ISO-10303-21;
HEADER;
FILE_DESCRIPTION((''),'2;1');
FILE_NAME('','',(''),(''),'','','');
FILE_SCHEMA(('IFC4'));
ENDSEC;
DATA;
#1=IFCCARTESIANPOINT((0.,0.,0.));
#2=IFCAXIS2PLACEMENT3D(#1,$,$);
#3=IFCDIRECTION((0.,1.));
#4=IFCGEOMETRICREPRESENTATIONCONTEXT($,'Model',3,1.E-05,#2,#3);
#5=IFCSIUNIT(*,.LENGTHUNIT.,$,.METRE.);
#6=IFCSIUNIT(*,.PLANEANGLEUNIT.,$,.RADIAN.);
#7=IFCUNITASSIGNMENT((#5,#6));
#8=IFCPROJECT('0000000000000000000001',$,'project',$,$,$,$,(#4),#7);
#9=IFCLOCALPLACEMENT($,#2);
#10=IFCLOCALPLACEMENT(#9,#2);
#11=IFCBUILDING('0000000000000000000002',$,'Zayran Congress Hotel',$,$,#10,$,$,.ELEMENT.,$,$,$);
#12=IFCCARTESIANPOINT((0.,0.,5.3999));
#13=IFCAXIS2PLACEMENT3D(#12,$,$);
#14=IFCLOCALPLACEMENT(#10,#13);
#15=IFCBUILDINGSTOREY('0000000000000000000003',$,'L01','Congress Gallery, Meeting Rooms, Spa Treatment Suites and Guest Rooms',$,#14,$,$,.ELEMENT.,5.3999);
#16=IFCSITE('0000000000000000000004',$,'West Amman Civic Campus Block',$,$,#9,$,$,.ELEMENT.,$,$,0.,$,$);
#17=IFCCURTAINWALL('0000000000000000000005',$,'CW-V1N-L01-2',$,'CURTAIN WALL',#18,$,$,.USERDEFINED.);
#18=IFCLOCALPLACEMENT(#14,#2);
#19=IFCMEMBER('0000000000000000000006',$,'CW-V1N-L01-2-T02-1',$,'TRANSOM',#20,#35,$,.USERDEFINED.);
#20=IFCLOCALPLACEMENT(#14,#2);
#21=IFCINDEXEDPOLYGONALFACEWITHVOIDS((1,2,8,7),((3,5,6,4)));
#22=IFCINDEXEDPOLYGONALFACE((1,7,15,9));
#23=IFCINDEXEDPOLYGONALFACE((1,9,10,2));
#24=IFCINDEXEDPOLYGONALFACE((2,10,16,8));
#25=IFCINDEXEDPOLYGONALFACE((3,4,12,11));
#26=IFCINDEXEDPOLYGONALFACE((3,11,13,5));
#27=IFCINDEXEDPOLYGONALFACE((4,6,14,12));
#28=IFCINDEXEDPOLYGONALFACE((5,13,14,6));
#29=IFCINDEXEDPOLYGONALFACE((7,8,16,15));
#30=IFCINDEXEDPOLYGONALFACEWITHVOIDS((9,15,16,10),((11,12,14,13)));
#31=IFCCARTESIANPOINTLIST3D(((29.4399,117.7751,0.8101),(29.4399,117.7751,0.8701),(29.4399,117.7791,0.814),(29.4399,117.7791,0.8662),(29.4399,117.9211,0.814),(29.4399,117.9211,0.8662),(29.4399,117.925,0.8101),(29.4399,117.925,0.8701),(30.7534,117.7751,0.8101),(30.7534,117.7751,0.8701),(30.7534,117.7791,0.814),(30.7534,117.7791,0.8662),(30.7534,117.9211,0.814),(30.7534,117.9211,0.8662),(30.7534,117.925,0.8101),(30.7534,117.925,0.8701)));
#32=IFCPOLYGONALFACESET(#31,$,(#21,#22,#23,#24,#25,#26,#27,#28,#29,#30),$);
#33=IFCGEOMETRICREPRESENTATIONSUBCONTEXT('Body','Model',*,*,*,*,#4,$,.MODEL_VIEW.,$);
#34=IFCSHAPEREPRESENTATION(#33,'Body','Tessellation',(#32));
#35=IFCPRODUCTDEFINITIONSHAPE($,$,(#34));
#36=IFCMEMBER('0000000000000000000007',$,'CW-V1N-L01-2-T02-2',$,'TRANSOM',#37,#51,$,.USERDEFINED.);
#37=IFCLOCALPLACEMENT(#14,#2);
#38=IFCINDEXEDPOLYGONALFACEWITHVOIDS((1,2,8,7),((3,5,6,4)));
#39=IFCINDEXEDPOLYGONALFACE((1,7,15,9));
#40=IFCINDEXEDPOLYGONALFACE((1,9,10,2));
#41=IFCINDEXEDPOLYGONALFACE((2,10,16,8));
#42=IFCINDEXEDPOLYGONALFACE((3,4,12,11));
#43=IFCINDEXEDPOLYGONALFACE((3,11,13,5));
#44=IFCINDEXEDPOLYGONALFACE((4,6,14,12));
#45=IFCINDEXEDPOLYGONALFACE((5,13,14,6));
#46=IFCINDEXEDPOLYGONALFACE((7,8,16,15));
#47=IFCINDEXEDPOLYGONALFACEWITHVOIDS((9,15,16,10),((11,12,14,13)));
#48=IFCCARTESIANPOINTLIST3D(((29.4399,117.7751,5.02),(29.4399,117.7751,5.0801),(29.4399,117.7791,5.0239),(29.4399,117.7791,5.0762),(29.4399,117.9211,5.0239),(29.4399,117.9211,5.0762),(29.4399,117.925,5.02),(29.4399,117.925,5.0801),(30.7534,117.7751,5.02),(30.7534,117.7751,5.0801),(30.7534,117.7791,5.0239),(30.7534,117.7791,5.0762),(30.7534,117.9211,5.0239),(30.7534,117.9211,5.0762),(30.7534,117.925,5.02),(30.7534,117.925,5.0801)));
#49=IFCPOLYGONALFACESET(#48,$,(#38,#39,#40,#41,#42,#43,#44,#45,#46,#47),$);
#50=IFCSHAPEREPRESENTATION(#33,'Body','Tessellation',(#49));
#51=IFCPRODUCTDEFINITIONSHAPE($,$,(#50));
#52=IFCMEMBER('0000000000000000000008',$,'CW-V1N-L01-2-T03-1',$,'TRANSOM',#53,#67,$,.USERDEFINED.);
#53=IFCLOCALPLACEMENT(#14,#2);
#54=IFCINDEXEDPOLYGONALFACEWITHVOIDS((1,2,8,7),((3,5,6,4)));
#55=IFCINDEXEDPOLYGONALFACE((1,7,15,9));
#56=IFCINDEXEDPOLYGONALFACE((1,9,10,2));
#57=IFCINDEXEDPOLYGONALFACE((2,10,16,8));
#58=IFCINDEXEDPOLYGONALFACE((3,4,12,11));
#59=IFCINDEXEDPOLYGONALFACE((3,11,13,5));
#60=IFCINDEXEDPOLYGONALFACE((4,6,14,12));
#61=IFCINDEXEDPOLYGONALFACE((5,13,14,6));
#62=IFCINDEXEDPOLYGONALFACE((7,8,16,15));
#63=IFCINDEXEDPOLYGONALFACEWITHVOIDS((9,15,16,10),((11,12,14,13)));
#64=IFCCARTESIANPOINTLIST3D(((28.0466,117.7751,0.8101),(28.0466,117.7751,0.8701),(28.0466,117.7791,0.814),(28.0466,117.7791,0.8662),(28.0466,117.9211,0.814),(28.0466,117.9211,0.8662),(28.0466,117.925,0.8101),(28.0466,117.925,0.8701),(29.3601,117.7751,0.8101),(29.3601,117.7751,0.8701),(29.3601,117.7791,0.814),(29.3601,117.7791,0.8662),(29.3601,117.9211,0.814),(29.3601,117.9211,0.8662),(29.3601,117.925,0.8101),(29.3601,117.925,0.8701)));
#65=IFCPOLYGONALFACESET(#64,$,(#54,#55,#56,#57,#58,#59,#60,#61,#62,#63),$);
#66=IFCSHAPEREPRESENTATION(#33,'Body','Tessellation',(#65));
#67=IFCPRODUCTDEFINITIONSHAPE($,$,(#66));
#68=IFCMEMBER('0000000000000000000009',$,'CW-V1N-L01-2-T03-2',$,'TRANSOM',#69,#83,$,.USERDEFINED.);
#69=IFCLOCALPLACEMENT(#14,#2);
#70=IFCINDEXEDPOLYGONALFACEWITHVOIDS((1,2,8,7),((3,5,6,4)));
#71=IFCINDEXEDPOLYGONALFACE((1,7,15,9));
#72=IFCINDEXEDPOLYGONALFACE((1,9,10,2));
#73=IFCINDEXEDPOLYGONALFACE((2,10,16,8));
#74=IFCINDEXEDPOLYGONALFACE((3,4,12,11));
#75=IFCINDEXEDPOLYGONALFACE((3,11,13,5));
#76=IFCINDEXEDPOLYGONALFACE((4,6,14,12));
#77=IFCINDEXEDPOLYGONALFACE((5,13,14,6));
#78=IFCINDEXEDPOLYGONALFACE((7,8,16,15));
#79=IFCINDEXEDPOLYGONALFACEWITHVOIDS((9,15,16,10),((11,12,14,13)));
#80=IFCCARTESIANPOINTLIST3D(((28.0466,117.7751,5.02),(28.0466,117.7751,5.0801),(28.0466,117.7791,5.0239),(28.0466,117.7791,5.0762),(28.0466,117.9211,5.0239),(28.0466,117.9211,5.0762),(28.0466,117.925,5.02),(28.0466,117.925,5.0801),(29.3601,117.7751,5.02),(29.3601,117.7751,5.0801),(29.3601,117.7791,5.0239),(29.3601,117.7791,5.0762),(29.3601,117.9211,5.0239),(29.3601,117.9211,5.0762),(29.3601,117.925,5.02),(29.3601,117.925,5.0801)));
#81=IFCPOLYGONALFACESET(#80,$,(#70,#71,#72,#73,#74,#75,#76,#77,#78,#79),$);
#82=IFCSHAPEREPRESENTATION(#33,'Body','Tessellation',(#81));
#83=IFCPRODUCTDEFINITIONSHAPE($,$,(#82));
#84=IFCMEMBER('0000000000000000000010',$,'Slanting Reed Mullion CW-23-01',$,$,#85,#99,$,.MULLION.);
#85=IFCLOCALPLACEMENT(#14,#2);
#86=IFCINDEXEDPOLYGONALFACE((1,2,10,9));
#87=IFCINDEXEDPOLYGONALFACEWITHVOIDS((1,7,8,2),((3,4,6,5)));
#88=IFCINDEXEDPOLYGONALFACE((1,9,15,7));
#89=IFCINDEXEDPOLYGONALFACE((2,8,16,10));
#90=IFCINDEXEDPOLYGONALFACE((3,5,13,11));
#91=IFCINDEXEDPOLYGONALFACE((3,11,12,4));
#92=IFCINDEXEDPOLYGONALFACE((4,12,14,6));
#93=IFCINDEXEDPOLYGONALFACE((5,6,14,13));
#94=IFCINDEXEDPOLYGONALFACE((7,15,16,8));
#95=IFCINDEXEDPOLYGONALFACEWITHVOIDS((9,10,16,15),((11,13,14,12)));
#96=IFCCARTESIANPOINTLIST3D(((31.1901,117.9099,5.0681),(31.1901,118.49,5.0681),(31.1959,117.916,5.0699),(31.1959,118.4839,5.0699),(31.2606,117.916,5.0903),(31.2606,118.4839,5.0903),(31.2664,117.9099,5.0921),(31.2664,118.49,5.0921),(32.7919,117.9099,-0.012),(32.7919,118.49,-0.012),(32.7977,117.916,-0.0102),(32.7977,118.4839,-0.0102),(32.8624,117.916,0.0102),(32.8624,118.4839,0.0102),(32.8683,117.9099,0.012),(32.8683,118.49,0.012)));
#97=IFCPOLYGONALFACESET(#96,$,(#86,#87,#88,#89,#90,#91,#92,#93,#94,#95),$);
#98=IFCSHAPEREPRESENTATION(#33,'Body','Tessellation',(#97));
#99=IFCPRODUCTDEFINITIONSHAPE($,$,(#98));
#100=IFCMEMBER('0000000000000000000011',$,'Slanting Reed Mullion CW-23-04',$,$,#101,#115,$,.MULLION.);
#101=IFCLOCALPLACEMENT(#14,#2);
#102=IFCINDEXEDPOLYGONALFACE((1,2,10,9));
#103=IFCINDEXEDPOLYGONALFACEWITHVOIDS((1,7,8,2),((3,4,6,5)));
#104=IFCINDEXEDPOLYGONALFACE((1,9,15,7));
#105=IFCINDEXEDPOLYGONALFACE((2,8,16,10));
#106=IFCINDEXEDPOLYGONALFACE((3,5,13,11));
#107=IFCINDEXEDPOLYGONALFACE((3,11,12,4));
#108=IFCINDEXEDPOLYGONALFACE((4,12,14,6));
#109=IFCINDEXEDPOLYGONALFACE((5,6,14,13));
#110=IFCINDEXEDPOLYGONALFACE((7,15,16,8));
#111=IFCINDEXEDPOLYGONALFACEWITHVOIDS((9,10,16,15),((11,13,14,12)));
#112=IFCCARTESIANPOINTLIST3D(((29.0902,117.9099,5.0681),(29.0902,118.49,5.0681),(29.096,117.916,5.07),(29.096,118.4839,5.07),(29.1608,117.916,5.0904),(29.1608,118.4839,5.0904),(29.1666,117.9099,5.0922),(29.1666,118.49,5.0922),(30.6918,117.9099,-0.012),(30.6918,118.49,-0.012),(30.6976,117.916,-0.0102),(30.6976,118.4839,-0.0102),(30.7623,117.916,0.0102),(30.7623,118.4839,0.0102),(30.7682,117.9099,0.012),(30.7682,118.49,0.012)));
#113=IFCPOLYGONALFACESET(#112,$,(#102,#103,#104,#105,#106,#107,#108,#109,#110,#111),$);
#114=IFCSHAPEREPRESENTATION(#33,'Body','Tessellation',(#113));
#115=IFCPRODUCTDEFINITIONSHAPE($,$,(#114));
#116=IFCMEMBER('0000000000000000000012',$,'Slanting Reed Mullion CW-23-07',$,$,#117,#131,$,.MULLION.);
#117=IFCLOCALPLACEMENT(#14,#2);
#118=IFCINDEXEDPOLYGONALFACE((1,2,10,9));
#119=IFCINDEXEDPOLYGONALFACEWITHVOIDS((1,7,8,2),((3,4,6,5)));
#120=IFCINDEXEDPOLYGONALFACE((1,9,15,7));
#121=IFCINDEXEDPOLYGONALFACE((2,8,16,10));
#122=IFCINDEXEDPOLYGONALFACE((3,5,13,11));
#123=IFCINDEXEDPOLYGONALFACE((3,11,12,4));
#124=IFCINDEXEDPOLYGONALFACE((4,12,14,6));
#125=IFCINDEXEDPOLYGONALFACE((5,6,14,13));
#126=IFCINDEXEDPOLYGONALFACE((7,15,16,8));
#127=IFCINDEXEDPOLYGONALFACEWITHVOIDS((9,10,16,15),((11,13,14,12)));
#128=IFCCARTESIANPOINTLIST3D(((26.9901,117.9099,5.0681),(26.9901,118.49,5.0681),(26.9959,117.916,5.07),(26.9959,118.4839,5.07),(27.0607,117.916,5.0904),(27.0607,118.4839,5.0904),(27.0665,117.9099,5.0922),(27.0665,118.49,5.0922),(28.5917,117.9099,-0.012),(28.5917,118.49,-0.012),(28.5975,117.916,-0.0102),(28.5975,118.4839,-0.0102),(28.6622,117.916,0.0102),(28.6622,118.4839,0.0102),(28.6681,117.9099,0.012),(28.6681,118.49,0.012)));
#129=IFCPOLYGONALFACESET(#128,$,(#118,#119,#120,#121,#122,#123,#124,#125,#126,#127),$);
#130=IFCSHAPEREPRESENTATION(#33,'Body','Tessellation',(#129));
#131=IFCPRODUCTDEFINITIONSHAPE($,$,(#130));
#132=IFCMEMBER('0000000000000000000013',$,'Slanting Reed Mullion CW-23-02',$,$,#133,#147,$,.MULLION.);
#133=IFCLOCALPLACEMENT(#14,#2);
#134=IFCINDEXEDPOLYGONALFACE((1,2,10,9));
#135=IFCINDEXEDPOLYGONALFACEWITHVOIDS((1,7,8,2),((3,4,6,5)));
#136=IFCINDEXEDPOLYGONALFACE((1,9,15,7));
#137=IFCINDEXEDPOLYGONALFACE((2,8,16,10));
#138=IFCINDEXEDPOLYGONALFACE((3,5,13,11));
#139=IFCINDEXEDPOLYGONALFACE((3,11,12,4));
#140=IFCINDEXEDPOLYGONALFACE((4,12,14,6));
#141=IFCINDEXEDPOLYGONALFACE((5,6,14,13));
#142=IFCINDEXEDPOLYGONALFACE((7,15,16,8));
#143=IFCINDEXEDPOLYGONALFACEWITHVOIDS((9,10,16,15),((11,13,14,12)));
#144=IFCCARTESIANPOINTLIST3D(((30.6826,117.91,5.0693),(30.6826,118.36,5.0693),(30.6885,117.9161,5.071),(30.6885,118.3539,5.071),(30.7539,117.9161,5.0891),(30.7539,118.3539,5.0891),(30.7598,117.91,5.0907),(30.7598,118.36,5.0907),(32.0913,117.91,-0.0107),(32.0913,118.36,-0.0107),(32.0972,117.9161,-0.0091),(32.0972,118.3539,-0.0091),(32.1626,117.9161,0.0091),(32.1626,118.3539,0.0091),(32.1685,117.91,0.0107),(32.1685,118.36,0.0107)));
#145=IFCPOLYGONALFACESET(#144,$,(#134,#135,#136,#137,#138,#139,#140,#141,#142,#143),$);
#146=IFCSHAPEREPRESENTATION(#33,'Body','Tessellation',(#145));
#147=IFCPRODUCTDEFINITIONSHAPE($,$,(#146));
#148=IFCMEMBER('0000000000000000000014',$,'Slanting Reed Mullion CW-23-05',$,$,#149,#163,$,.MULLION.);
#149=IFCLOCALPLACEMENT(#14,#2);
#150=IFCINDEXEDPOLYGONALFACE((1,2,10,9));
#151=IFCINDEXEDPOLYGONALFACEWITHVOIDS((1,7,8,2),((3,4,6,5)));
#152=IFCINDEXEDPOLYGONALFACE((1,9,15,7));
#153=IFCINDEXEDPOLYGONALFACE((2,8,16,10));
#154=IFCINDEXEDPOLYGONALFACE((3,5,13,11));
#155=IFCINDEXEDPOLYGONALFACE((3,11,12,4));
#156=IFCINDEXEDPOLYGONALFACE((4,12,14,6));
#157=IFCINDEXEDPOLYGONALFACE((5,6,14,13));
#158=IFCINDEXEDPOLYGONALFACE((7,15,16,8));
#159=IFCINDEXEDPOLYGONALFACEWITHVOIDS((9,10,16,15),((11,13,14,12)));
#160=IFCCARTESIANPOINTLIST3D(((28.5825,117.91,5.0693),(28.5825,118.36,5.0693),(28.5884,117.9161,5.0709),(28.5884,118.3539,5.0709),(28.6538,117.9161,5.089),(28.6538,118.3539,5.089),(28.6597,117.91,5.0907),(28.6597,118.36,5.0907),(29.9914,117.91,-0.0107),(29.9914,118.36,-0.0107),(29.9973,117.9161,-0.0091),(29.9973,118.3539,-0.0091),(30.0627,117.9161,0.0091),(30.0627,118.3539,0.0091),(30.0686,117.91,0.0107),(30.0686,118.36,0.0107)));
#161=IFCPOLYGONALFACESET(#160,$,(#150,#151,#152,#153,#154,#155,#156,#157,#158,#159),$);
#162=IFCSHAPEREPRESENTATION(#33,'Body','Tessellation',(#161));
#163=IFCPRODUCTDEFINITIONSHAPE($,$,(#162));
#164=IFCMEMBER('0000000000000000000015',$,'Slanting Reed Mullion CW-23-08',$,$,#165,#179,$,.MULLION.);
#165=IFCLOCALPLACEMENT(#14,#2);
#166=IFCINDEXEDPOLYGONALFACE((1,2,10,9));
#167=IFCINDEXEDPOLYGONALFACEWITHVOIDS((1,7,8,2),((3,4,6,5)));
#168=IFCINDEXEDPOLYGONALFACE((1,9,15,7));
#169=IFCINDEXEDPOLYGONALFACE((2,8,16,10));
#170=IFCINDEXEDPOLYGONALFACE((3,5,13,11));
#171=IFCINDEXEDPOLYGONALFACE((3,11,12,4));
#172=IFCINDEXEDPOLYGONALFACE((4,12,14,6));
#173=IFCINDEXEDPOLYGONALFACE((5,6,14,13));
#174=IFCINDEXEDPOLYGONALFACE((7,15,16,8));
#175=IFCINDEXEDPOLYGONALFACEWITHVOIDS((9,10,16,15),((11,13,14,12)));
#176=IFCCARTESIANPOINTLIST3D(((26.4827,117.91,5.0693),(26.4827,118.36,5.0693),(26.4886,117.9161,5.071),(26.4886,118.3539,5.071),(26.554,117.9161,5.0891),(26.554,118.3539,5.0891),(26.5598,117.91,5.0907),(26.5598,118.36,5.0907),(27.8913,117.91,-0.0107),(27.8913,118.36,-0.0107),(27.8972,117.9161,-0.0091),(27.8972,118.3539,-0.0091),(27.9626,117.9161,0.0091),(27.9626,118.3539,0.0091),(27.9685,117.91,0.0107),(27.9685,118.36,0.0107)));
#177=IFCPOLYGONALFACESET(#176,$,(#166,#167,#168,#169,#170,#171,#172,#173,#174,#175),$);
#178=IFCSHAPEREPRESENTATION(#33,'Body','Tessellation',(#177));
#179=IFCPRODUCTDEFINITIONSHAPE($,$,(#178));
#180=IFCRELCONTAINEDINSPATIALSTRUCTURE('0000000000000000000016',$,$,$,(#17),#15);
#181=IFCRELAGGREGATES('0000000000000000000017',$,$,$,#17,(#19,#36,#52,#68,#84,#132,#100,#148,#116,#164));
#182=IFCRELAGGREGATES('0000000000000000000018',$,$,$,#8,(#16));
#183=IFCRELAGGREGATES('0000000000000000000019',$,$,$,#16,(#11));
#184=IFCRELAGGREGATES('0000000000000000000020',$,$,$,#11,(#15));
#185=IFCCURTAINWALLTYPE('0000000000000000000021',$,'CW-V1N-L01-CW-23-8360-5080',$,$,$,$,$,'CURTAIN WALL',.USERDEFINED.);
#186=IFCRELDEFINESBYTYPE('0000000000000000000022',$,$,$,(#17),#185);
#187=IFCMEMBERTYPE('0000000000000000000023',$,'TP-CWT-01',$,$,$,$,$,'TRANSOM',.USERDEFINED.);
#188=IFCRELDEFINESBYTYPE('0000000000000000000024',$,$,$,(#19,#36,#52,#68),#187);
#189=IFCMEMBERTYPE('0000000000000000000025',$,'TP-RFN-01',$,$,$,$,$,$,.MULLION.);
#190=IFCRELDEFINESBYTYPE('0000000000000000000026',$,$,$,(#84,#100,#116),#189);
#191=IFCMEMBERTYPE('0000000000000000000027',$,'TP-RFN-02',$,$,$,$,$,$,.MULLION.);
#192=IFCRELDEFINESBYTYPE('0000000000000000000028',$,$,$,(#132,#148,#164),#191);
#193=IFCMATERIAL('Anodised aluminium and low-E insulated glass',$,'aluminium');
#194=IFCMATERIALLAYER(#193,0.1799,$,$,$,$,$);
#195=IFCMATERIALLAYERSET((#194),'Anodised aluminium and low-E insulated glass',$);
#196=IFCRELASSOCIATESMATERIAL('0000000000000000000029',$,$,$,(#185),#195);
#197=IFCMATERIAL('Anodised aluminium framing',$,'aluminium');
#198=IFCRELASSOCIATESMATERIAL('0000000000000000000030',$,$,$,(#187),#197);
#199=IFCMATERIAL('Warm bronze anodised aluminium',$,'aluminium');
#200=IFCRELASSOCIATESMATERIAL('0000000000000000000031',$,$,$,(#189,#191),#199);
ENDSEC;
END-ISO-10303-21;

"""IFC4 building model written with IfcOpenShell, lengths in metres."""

from ifc_helpers import new_model, si_unit, direction, frame, origin, origin_2d, place, context, subcontext, project, spatial, hollow_rectangle, extrude, material, layer, layer_set, material_profile, profile_set, type_object, element, aggregate, save


model = new_model("IFC4")

# Units and contexts
model_context = context("Model", 3, precision=1e-05, world=origin(), true_north=direction((0.0, 1.0)))
body_context = subcontext(model_context, "Body", "Model", "MODEL_VIEW")
ifc_project = project(units=[si_unit("LENGTHUNIT", "METRE"), si_unit("PLANEANGLEUNIT", "RADIAN")], contexts=[model_context])

# Site, building, storey
site_placement = place(None, origin())
site = spatial("IfcSite", under=ifc_project, at=site_placement, Name="West Amman Civic Campus Block", CompositionType="ELEMENT", RefElevation=0.0)
building_placement = place(site_placement, origin())
building = spatial("IfcBuilding", under=site, at=building_placement, Name="Zayran Congress Hotel", CompositionType="ELEMENT")
storey_placement = place(building_placement, frame((0.0, 0.0, 5.3999)))
storey = spatial("IfcBuildingStorey", under=building, at=storey_placement, Name="L01", Description="Congress Gallery, Meeting Rooms, Spa Treatment Suites and Guest Rooms", CompositionType="ELEMENT", Elevation=5.3999)

# Curtain wall, members
ifc_material_1 = material(Name="Anodised aluminium and low-E insulated glass", Category="aluminium")
ifc_layer_1 = layer(ifc_material_1, 0.1799)
ifc_layer_set_1 = layer_set([ifc_layer_1], Name="Anodised aluminium and low-E insulated glass")
curtain_wall_type = type_object("IfcCurtainWallType", Name="CW-V1N-L01-CW-23-8360-5080", ElementType="CURTAIN WALL", PredefinedType="USERDEFINED", material=ifc_layer_set_1)
curtain_wall_placement = place(storey_placement, origin())
curtain_wall = element("IfcCurtainWall", 1, at=curtain_wall_placement, inside=storey, type_object=curtain_wall_type, Name="CW-V1N-L01-2", ObjectType="CURTAIN WALL", PredefinedType="USERDEFINED")
ifc_material_2 = material(Name="Anodised aluminium framing", Category="aluminium")
ifc_material_profile_1 = material_profile(ifc_material_2, hollow_rectangle(XDim=0.0601, YDim=0.1499, WallThickness=0.0039, at=origin_2d()), Name="RHS 150x60x4")
ifc_profile_set_1 = profile_set([ifc_material_profile_1], Name="Anodised aluminium framing")
member_type_1 = type_object("IfcMemberType", Name="TP-CWT-01", ElementType="TRANSOM", PredefinedType="USERDEFINED", material=ifc_profile_set_1)
member_1_placement = place(storey_placement, frame((30.7534, 117.8501, 0.8401), z_axis=(-1.0, 0.0, 0.0), x_axis=(0.0, 0.0, 1.0)))
member_1 = element("IfcMember", 2, at=member_1_placement, type_object=member_type_1, Name="CW-V1N-L01-2-T02-1", ObjectType="TRANSOM", PredefinedType="USERDEFINED", context=body_context, shape_type="SweptSolid", body=[
    extrude(hollow_rectangle(XDim=0.0601, YDim=0.1499, WallThickness=0.0039, at=origin_2d()), origin(), (0.0, 0.0, 1.0), 1.3135),
])
member_2_placement = place(storey_placement, frame((30.7534, 117.8501, 5.05), z_axis=(-1.0, 0.0, 0.0), x_axis=(0.0, 0.0, 1.0)))
member_2 = element("IfcMember", 3, at=member_2_placement, type_object=member_type_1, Name="CW-V1N-L01-2-T02-2", ObjectType="TRANSOM", PredefinedType="USERDEFINED", context=body_context, shape_type="SweptSolid", body=[
    extrude(hollow_rectangle(XDim=0.0601, YDim=0.1499, WallThickness=0.0039, at=origin_2d()), origin(), (0.0, 0.0, 1.0), 1.3135),
])
member_3_placement = place(storey_placement, frame((29.3601, 117.8501, 0.8401), z_axis=(-1.0, 0.0, 0.0), x_axis=(0.0, 0.0, 1.0)))
member_3 = element("IfcMember", 4, at=member_3_placement, type_object=member_type_1, Name="CW-V1N-L01-2-T03-1", ObjectType="TRANSOM", PredefinedType="USERDEFINED", context=body_context, shape_type="SweptSolid", body=[
    extrude(hollow_rectangle(XDim=0.0601, YDim=0.1499, WallThickness=0.0039, at=origin_2d()), origin(), (0.0, 0.0, 1.0), 1.3135),
])
member_4_placement = place(storey_placement, frame((29.3601, 117.8501, 5.05), z_axis=(-1.0, 0.0, 0.0), x_axis=(0.0, 0.0, 1.0)))
member_4 = element("IfcMember", 5, at=member_4_placement, type_object=member_type_1, Name="CW-V1N-L01-2-T03-2", ObjectType="TRANSOM", PredefinedType="USERDEFINED", context=body_context, shape_type="SweptSolid", body=[
    extrude(hollow_rectangle(XDim=0.0601, YDim=0.1499, WallThickness=0.0039, at=origin_2d()), origin(), (0.0, 0.0, 1.0), 1.3135),
])
ifc_material_3 = material(Name="Warm bronze anodised aluminium", Category="aluminium")
ifc_material_profile_2 = material_profile(ifc_material_3, hollow_rectangle(XDim=0.0801, YDim=0.5801, WallThickness=0.0061, at=origin_2d()), Name="RHS 580x80x6")
ifc_profile_set_2 = profile_set([ifc_material_profile_2], Name="Warm bronze anodised aluminium")
member_type_2 = type_object("IfcMemberType", Name="TP-RFN-01", PredefinedType="MULLION", material=ifc_profile_set_2)
member_5_placement = place(storey_placement, frame((32.8301, 118.2, 0.0), z_axis=(-0.300717, 0.0, 0.953713), x_axis=(0.953713, 0.0, 0.300717)))
member_5 = element("IfcMember", 6, at=member_5_placement, type_object=member_type_2, Name="Slanting Reed Mullion CW-23-01", PredefinedType="MULLION", context=body_context, shape_type="SweptSolid", body=[
    extrude(hollow_rectangle(XDim=0.0801, YDim=0.5801, WallThickness=0.0061, at=origin_2d()), origin(), (0.0, 0.0, 1.0), 5.3267),
])
member_6_placement = place(storey_placement, frame((30.73, 118.2, 0.0), z_axis=(-0.300675, 0.0, 0.953727), x_axis=(0.953727, 0.0, 0.300675)))
member_6 = element("IfcMember", 7, at=member_6_placement, type_object=member_type_2, Name="Slanting Reed Mullion CW-23-04", PredefinedType="MULLION", context=body_context, shape_type="SweptSolid", body=[
    extrude(hollow_rectangle(XDim=0.0801, YDim=0.5801, WallThickness=0.0061, at=origin_2d()), origin(), (0.0, 0.0, 1.0), 5.3267),
])
member_7_placement = place(storey_placement, frame((28.6299, 118.2, 0.0), z_axis=(-0.300675, 0.0, 0.953727), x_axis=(0.953727, 0.0, 0.300675)))
member_7 = element("IfcMember", 8, at=member_7_placement, type_object=member_type_2, Name="Slanting Reed Mullion CW-23-07", PredefinedType="MULLION", context=body_context, shape_type="SweptSolid", body=[
    extrude(hollow_rectangle(XDim=0.0801, YDim=0.5801, WallThickness=0.0061, at=origin_2d()), origin(), (0.0, 0.0, 1.0), 5.3267),
])
ifc_material_profile_3 = material_profile(ifc_material_3, hollow_rectangle(XDim=0.0801, YDim=0.45, WallThickness=0.0061, at=origin_2d()), Name="RHS 450x80x6")
ifc_profile_set_3 = profile_set([ifc_material_profile_3], Name="Warm bronze anodised aluminium")
member_type_3 = type_object("IfcMemberType", Name="TP-RFN-02", PredefinedType="MULLION", material=ifc_profile_set_3)
member_8_placement = place(storey_placement, frame((32.1299, 118.135, 0.0), z_axis=(-0.267214, 0.0, 0.963637), x_axis=(0.963637, 0.0, 0.267214)))
member_8 = element("IfcMember", 9, at=member_8_placement, type_object=member_type_3, Name="Slanting Reed Mullion CW-23-02", PredefinedType="MULLION", context=body_context, shape_type="SweptSolid", body=[
    extrude(hollow_rectangle(XDim=0.0801, YDim=0.45, WallThickness=0.0061, at=origin_2d()), origin(), (0.0, 0.0, 1.0), 5.2717),
])
member_9_placement = place(storey_placement, frame((30.03, 118.135, 0.0), z_axis=(-0.267257, 0.0, 0.963625), x_axis=(0.963625, 0.0, 0.267257)))
member_9 = element("IfcMember", 10, at=member_9_placement, type_object=member_type_3, Name="Slanting Reed Mullion CW-23-05", PredefinedType="MULLION", context=body_context, shape_type="SweptSolid", body=[
    extrude(hollow_rectangle(XDim=0.0801, YDim=0.45, WallThickness=0.0061, at=origin_2d()), origin(), (0.0, 0.0, 1.0), 5.2717),
])
member_10_placement = place(storey_placement, frame((27.9299, 118.135, 0.0), z_axis=(-0.267214, 0.0, 0.963637), x_axis=(0.963637, 0.0, 0.267214)))
member_10 = element("IfcMember", 11, at=member_10_placement, type_object=member_type_3, Name="Slanting Reed Mullion CW-23-08", PredefinedType="MULLION", context=body_context, shape_type="SweptSolid", body=[
    extrude(hollow_rectangle(XDim=0.0801, YDim=0.45, WallThickness=0.0061, at=origin_2d()), origin(), (0.0, 0.0, 1.0), 5.2717),
])
aggregate(curtain_wall, [member_1, member_2, member_3, member_4, member_5, member_8, member_6, member_9, member_7, member_10])

save(model, "model.ifc")
